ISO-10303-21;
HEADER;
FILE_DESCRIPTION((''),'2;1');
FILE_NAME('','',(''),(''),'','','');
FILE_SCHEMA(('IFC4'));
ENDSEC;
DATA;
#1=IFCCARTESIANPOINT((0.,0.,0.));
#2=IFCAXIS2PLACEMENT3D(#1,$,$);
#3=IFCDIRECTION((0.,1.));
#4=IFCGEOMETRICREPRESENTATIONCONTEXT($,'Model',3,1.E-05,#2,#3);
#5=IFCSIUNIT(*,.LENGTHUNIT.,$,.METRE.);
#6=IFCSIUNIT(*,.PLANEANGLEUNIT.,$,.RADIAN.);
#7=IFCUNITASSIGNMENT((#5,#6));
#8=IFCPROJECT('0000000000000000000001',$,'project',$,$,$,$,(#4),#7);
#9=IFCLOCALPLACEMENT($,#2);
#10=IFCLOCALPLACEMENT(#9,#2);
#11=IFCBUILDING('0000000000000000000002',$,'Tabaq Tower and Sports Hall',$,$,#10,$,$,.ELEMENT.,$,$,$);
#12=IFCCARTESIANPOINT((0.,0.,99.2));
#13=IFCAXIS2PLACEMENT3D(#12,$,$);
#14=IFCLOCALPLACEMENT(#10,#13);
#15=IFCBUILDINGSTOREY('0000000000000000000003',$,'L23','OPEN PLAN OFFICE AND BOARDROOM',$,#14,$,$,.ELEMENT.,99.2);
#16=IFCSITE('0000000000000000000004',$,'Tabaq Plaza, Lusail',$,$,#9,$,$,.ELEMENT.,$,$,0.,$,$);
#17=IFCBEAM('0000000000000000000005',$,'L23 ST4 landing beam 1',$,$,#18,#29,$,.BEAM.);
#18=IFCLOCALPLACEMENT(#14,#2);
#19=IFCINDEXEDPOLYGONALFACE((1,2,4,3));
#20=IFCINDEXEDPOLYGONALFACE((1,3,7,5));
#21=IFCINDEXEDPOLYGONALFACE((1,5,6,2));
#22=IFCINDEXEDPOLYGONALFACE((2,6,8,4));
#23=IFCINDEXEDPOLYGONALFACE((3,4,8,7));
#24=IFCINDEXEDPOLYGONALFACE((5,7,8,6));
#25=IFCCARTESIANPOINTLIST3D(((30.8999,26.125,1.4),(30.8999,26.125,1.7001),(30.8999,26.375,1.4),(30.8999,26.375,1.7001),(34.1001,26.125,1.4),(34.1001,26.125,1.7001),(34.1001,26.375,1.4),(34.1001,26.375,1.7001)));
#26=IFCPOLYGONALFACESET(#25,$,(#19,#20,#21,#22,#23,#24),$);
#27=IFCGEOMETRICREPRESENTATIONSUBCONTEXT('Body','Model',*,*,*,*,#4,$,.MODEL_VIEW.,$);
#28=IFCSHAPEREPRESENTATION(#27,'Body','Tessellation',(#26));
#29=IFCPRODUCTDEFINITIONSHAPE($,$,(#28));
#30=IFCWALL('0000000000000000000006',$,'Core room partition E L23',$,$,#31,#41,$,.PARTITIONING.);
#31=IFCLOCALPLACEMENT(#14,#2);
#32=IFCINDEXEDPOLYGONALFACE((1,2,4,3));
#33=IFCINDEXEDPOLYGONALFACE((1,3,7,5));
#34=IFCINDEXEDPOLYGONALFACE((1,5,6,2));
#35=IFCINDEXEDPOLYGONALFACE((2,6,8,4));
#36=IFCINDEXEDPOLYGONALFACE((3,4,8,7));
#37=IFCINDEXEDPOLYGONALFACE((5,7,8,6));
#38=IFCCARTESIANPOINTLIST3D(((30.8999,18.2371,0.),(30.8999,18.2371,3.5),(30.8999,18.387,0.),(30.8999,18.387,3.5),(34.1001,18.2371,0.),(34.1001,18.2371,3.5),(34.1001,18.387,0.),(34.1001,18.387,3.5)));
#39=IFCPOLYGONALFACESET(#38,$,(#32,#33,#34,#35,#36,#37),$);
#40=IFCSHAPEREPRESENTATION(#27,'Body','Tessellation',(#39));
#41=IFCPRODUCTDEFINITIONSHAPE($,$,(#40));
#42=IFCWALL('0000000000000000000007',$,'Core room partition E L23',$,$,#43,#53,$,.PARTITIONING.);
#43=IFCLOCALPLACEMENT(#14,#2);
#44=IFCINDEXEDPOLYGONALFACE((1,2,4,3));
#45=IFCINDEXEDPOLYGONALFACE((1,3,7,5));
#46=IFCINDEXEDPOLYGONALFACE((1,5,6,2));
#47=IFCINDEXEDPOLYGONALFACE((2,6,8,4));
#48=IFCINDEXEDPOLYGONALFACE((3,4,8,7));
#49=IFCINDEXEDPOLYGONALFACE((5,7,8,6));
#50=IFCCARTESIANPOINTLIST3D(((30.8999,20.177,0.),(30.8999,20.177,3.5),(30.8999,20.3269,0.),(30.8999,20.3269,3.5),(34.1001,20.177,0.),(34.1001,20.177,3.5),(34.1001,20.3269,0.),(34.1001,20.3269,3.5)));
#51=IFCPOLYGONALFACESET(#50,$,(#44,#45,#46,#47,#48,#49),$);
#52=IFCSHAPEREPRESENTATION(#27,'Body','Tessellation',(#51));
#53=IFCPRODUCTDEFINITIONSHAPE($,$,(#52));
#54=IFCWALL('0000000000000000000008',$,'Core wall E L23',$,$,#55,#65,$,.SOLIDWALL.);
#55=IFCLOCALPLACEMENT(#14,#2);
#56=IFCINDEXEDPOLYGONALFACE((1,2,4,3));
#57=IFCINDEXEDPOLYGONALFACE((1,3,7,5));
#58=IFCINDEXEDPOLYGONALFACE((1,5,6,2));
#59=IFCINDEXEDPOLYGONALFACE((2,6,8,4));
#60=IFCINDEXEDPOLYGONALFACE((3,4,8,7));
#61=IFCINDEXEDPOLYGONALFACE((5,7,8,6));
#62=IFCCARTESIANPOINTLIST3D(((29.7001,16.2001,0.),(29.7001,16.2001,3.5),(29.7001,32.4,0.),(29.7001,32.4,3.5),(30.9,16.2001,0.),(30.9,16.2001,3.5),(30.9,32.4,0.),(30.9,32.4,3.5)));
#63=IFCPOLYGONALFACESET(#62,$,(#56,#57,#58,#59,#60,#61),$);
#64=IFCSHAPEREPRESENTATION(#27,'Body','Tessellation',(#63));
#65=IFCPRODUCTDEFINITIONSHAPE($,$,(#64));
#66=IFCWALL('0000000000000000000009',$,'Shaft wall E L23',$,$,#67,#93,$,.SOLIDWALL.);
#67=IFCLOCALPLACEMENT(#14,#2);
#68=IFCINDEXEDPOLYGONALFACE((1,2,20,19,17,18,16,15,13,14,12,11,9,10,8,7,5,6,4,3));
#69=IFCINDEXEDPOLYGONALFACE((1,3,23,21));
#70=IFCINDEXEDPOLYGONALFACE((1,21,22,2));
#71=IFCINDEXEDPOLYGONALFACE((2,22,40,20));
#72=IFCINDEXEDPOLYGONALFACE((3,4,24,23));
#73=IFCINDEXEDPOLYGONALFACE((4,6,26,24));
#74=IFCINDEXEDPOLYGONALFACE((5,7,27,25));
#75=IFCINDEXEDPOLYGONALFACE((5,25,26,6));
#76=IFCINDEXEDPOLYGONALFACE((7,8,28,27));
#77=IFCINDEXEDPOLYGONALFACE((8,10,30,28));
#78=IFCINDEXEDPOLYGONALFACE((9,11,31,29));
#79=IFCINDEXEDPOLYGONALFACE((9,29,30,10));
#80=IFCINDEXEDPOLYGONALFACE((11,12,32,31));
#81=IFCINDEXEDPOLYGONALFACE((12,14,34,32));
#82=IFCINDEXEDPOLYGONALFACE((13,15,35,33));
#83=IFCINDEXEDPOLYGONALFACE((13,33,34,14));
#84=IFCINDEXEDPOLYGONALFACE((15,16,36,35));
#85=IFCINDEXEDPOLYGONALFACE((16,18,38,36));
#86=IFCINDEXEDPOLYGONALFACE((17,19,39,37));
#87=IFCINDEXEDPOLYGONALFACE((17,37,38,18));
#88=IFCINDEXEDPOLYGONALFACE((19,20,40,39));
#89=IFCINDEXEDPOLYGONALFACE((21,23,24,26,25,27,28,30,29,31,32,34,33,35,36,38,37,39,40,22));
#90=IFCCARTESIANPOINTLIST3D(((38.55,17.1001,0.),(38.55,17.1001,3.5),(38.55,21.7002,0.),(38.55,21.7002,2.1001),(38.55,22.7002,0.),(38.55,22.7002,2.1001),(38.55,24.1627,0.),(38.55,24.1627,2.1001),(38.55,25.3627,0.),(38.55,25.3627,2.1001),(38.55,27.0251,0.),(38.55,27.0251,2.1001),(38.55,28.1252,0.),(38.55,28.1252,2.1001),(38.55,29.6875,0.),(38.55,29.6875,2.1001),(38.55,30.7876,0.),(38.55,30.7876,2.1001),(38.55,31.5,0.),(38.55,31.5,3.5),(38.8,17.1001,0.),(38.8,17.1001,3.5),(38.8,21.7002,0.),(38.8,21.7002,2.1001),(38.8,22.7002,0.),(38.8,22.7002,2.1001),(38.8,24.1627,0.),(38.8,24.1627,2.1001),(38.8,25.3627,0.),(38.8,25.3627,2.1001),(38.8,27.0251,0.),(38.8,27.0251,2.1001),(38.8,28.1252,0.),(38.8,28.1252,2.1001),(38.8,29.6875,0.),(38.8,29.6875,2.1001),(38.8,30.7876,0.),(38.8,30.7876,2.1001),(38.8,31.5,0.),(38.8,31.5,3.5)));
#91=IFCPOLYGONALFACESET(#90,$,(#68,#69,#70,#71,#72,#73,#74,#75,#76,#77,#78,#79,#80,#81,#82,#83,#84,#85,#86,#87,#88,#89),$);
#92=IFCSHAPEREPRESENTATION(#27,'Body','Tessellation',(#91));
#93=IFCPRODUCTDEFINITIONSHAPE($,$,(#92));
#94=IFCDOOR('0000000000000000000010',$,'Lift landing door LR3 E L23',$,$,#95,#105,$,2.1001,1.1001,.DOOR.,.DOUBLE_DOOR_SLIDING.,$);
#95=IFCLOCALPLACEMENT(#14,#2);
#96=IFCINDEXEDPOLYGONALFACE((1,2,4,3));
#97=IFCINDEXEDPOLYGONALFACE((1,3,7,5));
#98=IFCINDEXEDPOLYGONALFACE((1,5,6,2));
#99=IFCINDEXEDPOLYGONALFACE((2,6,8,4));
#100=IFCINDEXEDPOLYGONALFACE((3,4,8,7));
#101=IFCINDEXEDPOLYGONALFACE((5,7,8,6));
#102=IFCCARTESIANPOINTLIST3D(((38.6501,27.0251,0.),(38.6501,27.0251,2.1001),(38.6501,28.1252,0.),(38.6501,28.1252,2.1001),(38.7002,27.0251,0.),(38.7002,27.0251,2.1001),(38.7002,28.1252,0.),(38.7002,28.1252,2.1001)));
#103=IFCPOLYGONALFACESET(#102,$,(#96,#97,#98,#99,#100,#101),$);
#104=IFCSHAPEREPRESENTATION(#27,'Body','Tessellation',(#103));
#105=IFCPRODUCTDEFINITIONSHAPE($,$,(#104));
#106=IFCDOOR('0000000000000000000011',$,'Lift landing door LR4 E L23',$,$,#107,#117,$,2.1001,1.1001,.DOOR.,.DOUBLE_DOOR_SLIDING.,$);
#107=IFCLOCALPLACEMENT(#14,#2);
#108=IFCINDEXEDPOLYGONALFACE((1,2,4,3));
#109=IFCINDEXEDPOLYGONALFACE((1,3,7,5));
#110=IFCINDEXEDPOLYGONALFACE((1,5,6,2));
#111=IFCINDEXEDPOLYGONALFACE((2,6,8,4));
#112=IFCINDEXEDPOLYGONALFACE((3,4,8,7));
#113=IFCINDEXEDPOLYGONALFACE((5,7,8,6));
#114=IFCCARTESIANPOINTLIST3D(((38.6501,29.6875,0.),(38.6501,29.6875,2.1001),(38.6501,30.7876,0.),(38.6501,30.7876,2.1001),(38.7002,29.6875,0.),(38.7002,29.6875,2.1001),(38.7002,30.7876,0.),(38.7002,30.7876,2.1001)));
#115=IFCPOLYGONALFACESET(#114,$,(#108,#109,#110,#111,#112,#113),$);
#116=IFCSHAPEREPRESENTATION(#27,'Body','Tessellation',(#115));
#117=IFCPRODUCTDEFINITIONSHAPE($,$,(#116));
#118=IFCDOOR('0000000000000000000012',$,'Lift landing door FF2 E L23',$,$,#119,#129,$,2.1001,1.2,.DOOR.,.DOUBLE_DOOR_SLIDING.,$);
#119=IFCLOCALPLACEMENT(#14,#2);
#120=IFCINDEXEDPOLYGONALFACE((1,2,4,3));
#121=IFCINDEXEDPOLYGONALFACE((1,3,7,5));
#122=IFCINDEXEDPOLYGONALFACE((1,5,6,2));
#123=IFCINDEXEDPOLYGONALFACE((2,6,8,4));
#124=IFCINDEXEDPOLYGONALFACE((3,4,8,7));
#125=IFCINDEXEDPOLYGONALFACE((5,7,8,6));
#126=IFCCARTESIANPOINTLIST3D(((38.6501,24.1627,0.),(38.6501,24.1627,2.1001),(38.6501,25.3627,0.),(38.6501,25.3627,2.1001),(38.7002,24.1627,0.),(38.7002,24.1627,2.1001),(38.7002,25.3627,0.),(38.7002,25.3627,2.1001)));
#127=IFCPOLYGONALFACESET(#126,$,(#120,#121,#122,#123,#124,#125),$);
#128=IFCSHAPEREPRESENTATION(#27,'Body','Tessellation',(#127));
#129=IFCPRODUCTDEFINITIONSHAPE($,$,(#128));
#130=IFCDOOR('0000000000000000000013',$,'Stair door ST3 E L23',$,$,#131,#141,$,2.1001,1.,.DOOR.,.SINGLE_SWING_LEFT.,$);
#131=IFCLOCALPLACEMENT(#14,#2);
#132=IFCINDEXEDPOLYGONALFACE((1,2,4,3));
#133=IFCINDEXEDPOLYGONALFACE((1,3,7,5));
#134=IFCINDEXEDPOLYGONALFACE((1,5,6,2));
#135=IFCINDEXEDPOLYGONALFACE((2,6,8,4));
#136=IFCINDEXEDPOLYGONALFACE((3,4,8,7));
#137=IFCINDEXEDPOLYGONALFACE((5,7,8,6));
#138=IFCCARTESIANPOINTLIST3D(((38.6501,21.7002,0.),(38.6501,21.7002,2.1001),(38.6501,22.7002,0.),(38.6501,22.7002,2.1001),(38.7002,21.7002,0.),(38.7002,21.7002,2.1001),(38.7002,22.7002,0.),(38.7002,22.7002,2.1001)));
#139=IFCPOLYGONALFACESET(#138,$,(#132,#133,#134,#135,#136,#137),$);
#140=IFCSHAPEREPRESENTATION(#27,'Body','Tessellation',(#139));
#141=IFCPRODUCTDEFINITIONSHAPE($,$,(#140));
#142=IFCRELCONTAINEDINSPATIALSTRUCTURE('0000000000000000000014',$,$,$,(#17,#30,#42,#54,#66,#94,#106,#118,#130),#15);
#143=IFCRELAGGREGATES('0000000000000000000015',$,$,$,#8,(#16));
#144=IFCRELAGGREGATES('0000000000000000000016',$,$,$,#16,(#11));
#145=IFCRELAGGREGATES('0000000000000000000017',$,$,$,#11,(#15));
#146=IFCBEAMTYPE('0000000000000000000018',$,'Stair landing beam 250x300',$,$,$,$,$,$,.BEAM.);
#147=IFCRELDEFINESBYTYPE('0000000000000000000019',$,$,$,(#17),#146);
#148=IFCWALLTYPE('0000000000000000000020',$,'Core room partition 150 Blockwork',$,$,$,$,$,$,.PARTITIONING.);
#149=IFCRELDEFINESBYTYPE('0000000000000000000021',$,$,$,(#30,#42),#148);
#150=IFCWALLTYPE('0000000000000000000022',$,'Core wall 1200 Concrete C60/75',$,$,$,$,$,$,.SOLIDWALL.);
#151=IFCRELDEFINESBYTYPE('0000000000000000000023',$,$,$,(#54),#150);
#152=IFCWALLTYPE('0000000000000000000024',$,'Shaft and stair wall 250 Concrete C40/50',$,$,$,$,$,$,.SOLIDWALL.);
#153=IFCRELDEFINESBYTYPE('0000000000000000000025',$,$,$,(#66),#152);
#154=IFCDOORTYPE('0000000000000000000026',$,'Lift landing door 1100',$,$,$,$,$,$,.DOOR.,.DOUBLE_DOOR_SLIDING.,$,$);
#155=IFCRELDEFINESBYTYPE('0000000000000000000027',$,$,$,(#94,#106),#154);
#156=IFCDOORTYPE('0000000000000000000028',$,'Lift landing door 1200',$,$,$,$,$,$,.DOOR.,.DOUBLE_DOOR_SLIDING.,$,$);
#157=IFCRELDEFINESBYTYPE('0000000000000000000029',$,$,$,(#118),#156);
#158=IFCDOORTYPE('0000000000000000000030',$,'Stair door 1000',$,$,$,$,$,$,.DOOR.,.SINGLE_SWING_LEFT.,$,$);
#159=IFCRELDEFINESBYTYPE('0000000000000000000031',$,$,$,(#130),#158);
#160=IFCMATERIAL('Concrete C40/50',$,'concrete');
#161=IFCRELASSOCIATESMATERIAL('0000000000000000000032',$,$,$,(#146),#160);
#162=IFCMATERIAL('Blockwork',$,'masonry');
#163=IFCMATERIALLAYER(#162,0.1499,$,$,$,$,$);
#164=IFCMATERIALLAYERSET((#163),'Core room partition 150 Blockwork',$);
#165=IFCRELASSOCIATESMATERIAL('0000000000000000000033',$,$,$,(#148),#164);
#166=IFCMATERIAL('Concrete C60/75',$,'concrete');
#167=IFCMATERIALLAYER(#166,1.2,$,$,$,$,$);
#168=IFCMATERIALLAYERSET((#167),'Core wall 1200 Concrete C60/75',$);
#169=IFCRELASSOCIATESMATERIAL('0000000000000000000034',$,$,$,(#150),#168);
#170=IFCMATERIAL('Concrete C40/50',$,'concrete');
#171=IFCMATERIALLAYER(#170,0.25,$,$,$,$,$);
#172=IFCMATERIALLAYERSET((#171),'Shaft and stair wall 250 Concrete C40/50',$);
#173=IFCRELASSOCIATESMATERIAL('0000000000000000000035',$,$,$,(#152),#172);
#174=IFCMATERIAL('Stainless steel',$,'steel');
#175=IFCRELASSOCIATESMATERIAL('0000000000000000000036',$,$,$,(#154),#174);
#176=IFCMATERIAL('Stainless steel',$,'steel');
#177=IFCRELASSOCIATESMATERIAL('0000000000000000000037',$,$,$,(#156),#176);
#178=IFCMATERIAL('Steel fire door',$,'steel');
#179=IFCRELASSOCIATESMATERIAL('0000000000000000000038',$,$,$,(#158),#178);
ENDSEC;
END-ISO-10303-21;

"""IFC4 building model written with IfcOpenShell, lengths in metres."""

from ifc_helpers import new_model, si_unit, direction, frame, frame_2d, origin, origin_2d, place, context, subcontext, project, spatial, rectangle, extrude, material, layer, layer_set, material_profile, profile_set, type_object, element, fill, save


model = new_model("IFC4")

# Units and contexts
model_context = context("Model", 3, precision=1e-05, world=origin(), true_north=direction((0.0, 1.0)))
body_context = subcontext(model_context, "Body", "Model", "MODEL_VIEW")
ifc_project = project(units=[si_unit("LENGTHUNIT", "METRE"), si_unit("PLANEANGLEUNIT", "RADIAN")], contexts=[model_context])

# Site, building, storey
site_placement = place(None, origin())
site = spatial("IfcSite", under=ifc_project, at=site_placement, Name="Tabaq Plaza, Lusail", CompositionType="ELEMENT", RefElevation=0.0)
building_placement = place(site_placement, origin())
building = spatial("IfcBuilding", under=site, at=building_placement, Name="Tabaq Tower and Sports Hall", CompositionType="ELEMENT")
storey_placement = place(building_placement, frame((0.0, 0.0, 99.2)))
storey = spatial("IfcBuildingStorey", under=building, at=storey_placement, Name="L23", Description="OPEN PLAN OFFICE AND BOARDROOM", CompositionType="ELEMENT", Elevation=99.2)

# Beam
ifc_material_1 = material(Name="Concrete C40/50", Category="concrete")
ifc_material_profile = material_profile(ifc_material_1, rectangle(XDim=0.25, YDim=0.3, at=origin_2d()), Name="RC 250x300")
ifc_profile_set = profile_set([ifc_material_profile], Name="Concrete C40/50")
beam_type = type_object("IfcBeamType", Name="Stair landing beam 250x300", PredefinedType="BEAM", material=ifc_profile_set)
beam_placement = place(storey_placement, frame((30.8999, 26.25, 1.55), z_axis=(1.0, 0.0, 0.0), x_axis=(0.0, 1.0, 0.0)))
element("IfcBeam", 1, at=beam_placement, inside=storey, type_object=beam_type, Name="L23 ST4 landing beam 1", PredefinedType="BEAM", context=body_context, shape_type="SweptSolid", body=[
    extrude(rectangle(XDim=0.25, YDim=0.3, at=origin_2d()), origin(), (0.0, 0.0, 1.0), 3.2002),
])

# Walls
ifc_material_2 = material(Name="Blockwork", Category="masonry")
ifc_layer_1 = layer(ifc_material_2, 0.1499)
ifc_layer_set_1 = layer_set([ifc_layer_1], Name="Core room partition 150 Blockwork")
wall_type_1 = type_object("IfcWallType", Name="Core room partition 150 Blockwork", PredefinedType="PARTITIONING", material=ifc_layer_set_1)
for number, where, z_axis, x_axis, name in (
    (2, (30.8999, 18.312, 0.0), (0.0, 0.0, 1.0), (1.0, 0.0, 0.0), "Core room partition E L23"),
    (3, (30.8999, 20.252, 0.0), (0.0, 0.0, 1.0), (1.0, 0.0, 0.0), "Core room partition E L23"),
):
    element("IfcWall", number, at=place(storey_placement, frame(where, z_axis=z_axis, x_axis=x_axis)), inside=storey, type_object=wall_type_1, Name=name, PredefinedType="PARTITIONING", context=body_context, shape_type="SweptSolid", body=[
        extrude(rectangle(XDim=3.2002, YDim=0.1499, at=frame_2d((1.6001, 0.0))), origin(), (0.0, 0.0, 1.0), 3.5),
    ])
ifc_material_3 = material(Name="Concrete C60/75", Category="concrete")
ifc_layer_2 = layer(ifc_material_3, 1.2)
ifc_layer_set_2 = layer_set([ifc_layer_2], Name="Core wall 1200 Concrete C60/75")
wall_type_2 = type_object("IfcWallType", Name="Core wall 1200 Concrete C60/75", PredefinedType="SOLIDWALL", material=ifc_layer_set_2)
wall_1_placement = place(storey_placement, frame((30.3, 16.2, 0.0), z_axis=(0.0, 0.0, 1.0), x_axis=(0.0, 1.0, 0.0)))
element("IfcWall", 4, at=wall_1_placement, inside=storey, type_object=wall_type_2, Name="Core wall E L23", PredefinedType="SOLIDWALL", context=body_context, shape_type="SweptSolid", body=[
    extrude(rectangle(XDim=16.2, YDim=1.2, at=frame_2d((8.1001, 0.0))), origin(), (0.0, 0.0, 1.0), 3.5),
])

# Wall, openings, doors
ifc_material_4 = material(Name="Concrete C40/50", Category="concrete")
ifc_layer_3 = layer(ifc_material_4, 0.25)
ifc_layer_set_3 = layer_set([ifc_layer_3], Name="Shaft and stair wall 250 Concrete C40/50")
wall_type_3 = type_object("IfcWallType", Name="Shaft and stair wall 250 Concrete C40/50", PredefinedType="SOLIDWALL", material=ifc_layer_set_3)
wall_2_placement = place(storey_placement, frame((38.675, 17.1001, 0.0), z_axis=(0.0, 0.0, 1.0), x_axis=(0.0, 1.0, 0.0)))
wall_2 = element("IfcWall", 5, at=wall_2_placement, inside=storey, type_object=wall_type_3, Name="Shaft wall E L23", PredefinedType="SOLIDWALL", context=body_context, shape_type="SweptSolid", body=[
    extrude(rectangle(XDim=14.3999, YDim=0.25, at=frame_2d((7.2, 0.0))), origin(), (0.0, 0.0, 1.0), 3.5),
])
opening_1_placement = place(wall_2_placement, frame((4.6001, 0.0, 0.0)))
opening_1 = element("IfcOpeningElement", 6, at=opening_1_placement, cuts=wall_2, PredefinedType="OPENING", context=body_context, shape_type="SweptSolid", body=[
    extrude(rectangle(XDim=1.0, YDim=2.1001, at=frame_2d((0.5, 1.05))), frame((0.0, 0.125, 0.0), z_axis=(0.0, -1.0, 0.0), x_axis=(1.0, 0.0, 0.0)), (0.0, 0.0, 1.0), 0.25),
])
opening_2_placement = place(wall_2_placement, frame((7.0625, 0.0, 0.0)))
opening_2 = element("IfcOpeningElement", 7, at=opening_2_placement, cuts=wall_2, PredefinedType="OPENING", context=body_context, shape_type="SweptSolid", body=[
    extrude(rectangle(XDim=1.2, YDim=2.1001, at=frame_2d((0.6001, 1.05))), frame((0.0, 0.125, 0.0), z_axis=(0.0, -1.0, 0.0), x_axis=(1.0, 0.0, 0.0)), (0.0, 0.0, 1.0), 0.25),
])
opening_3_placement = place(wall_2_placement, frame((9.925, 0.0, 0.0)))
opening_3 = element("IfcOpeningElement", 8, at=opening_3_placement, cuts=wall_2, PredefinedType="OPENING", context=body_context, shape_type="SweptSolid", body=[
    extrude(rectangle(XDim=1.1001, YDim=2.1001, at=frame_2d((0.55, 1.05))), frame((0.0, 0.125, 0.0), z_axis=(0.0, -1.0, 0.0), x_axis=(1.0, 0.0, 0.0)), (0.0, 0.0, 1.0), 0.25),
])
opening_4_placement = place(wall_2_placement, frame((12.5874, 0.0, 0.0)))
opening_4 = element("IfcOpeningElement", 9, at=opening_4_placement, cuts=wall_2, PredefinedType="OPENING", context=body_context, shape_type="SweptSolid", body=[
    extrude(rectangle(XDim=1.1001, YDim=2.1001, at=frame_2d((0.55, 1.05))), frame((0.0, 0.125, 0.0), z_axis=(0.0, -1.0, 0.0), x_axis=(1.0, 0.0, 0.0)), (0.0, 0.0, 1.0), 0.25),
])
ifc_material_5 = material(Name="Stainless steel", Category="steel")
door_type_1 = type_object("IfcDoorType", Name="Lift landing door 1100", OperationType="DOUBLE_DOOR_SLIDING", PredefinedType="DOOR", material=ifc_material_5)
door_1_placement = place(opening_3_placement, origin())
door_1 = element("IfcDoor", 10, at=door_1_placement, inside=storey, type_object=door_type_1, Name="Lift landing door LR3 E L23", OperationType="DOUBLE_DOOR_SLIDING", OverallHeight=2.1001, OverallWidth=1.1001, PredefinedType="DOOR", context=body_context, shape_type="SweptSolid", body=[
    extrude(rectangle(XDim=1.1001, YDim=2.1001, at=frame_2d((0.55, 1.05))), frame((0.0, 0.0249, 0.0), z_axis=(0.0, -1.0, 0.0), x_axis=(1.0, 0.0, 0.0)), (0.0, 0.0, 1.0), 0.05),
])
fill(opening_3, door_1)
door_2_placement = place(opening_4_placement, origin())
door_2 = element("IfcDoor", 11, at=door_2_placement, inside=storey, type_object=door_type_1, Name="Lift landing door LR4 E L23", OperationType="DOUBLE_DOOR_SLIDING", OverallHeight=2.1001, OverallWidth=1.1001, PredefinedType="DOOR", context=body_context, shape_type="SweptSolid", body=[
    extrude(rectangle(XDim=1.1001, YDim=2.1001, at=frame_2d((0.55, 1.05))), frame((0.0, 0.0249, 0.0), z_axis=(0.0, -1.0, 0.0), x_axis=(1.0, 0.0, 0.0)), (0.0, 0.0, 1.0), 0.05),
])
fill(opening_4, door_2)
ifc_material_6 = material(Name="Stainless steel", Category="steel")
door_type_2 = type_object("IfcDoorType", Name="Lift landing door 1200", OperationType="DOUBLE_DOOR_SLIDING", PredefinedType="DOOR", material=ifc_material_6)
door_3_placement = place(opening_2_placement, origin())
door_3 = element("IfcDoor", 12, at=door_3_placement, inside=storey, type_object=door_type_2, Name="Lift landing door FF2 E L23", OperationType="DOUBLE_DOOR_SLIDING", OverallHeight=2.1001, OverallWidth=1.2, PredefinedType="DOOR", context=body_context, shape_type="SweptSolid", body=[
    extrude(rectangle(XDim=1.2, YDim=2.1001, at=frame_2d((0.6001, 1.05))), frame((0.0, 0.0249, 0.0), z_axis=(0.0, -1.0, 0.0), x_axis=(1.0, 0.0, 0.0)), (0.0, 0.0, 1.0), 0.05),
])
fill(opening_2, door_3)
ifc_material_7 = material(Name="Steel fire door", Category="steel")
door_type_3 = type_object("IfcDoorType", Name="Stair door 1000", OperationType="SINGLE_SWING_LEFT", PredefinedType="DOOR", material=ifc_material_7)
door_4_placement = place(opening_1_placement, origin())
door_4 = element("IfcDoor", 13, at=door_4_placement, inside=storey, type_object=door_type_3, Name="Stair door ST3 E L23", OperationType="SINGLE_SWING_LEFT", OverallHeight=2.1001, OverallWidth=1.0, PredefinedType="DOOR", context=body_context, shape_type="SweptSolid", body=[
    extrude(rectangle(XDim=1.0, YDim=2.1001, at=frame_2d((0.5, 1.05))), frame((0.0, 0.0249, 0.0), z_axis=(0.0, -1.0, 0.0), x_axis=(1.0, 0.0, 0.0)), (0.0, 0.0, 1.0), 0.05),
])
fill(opening_1, door_4)

save(model, "model.ifc")
